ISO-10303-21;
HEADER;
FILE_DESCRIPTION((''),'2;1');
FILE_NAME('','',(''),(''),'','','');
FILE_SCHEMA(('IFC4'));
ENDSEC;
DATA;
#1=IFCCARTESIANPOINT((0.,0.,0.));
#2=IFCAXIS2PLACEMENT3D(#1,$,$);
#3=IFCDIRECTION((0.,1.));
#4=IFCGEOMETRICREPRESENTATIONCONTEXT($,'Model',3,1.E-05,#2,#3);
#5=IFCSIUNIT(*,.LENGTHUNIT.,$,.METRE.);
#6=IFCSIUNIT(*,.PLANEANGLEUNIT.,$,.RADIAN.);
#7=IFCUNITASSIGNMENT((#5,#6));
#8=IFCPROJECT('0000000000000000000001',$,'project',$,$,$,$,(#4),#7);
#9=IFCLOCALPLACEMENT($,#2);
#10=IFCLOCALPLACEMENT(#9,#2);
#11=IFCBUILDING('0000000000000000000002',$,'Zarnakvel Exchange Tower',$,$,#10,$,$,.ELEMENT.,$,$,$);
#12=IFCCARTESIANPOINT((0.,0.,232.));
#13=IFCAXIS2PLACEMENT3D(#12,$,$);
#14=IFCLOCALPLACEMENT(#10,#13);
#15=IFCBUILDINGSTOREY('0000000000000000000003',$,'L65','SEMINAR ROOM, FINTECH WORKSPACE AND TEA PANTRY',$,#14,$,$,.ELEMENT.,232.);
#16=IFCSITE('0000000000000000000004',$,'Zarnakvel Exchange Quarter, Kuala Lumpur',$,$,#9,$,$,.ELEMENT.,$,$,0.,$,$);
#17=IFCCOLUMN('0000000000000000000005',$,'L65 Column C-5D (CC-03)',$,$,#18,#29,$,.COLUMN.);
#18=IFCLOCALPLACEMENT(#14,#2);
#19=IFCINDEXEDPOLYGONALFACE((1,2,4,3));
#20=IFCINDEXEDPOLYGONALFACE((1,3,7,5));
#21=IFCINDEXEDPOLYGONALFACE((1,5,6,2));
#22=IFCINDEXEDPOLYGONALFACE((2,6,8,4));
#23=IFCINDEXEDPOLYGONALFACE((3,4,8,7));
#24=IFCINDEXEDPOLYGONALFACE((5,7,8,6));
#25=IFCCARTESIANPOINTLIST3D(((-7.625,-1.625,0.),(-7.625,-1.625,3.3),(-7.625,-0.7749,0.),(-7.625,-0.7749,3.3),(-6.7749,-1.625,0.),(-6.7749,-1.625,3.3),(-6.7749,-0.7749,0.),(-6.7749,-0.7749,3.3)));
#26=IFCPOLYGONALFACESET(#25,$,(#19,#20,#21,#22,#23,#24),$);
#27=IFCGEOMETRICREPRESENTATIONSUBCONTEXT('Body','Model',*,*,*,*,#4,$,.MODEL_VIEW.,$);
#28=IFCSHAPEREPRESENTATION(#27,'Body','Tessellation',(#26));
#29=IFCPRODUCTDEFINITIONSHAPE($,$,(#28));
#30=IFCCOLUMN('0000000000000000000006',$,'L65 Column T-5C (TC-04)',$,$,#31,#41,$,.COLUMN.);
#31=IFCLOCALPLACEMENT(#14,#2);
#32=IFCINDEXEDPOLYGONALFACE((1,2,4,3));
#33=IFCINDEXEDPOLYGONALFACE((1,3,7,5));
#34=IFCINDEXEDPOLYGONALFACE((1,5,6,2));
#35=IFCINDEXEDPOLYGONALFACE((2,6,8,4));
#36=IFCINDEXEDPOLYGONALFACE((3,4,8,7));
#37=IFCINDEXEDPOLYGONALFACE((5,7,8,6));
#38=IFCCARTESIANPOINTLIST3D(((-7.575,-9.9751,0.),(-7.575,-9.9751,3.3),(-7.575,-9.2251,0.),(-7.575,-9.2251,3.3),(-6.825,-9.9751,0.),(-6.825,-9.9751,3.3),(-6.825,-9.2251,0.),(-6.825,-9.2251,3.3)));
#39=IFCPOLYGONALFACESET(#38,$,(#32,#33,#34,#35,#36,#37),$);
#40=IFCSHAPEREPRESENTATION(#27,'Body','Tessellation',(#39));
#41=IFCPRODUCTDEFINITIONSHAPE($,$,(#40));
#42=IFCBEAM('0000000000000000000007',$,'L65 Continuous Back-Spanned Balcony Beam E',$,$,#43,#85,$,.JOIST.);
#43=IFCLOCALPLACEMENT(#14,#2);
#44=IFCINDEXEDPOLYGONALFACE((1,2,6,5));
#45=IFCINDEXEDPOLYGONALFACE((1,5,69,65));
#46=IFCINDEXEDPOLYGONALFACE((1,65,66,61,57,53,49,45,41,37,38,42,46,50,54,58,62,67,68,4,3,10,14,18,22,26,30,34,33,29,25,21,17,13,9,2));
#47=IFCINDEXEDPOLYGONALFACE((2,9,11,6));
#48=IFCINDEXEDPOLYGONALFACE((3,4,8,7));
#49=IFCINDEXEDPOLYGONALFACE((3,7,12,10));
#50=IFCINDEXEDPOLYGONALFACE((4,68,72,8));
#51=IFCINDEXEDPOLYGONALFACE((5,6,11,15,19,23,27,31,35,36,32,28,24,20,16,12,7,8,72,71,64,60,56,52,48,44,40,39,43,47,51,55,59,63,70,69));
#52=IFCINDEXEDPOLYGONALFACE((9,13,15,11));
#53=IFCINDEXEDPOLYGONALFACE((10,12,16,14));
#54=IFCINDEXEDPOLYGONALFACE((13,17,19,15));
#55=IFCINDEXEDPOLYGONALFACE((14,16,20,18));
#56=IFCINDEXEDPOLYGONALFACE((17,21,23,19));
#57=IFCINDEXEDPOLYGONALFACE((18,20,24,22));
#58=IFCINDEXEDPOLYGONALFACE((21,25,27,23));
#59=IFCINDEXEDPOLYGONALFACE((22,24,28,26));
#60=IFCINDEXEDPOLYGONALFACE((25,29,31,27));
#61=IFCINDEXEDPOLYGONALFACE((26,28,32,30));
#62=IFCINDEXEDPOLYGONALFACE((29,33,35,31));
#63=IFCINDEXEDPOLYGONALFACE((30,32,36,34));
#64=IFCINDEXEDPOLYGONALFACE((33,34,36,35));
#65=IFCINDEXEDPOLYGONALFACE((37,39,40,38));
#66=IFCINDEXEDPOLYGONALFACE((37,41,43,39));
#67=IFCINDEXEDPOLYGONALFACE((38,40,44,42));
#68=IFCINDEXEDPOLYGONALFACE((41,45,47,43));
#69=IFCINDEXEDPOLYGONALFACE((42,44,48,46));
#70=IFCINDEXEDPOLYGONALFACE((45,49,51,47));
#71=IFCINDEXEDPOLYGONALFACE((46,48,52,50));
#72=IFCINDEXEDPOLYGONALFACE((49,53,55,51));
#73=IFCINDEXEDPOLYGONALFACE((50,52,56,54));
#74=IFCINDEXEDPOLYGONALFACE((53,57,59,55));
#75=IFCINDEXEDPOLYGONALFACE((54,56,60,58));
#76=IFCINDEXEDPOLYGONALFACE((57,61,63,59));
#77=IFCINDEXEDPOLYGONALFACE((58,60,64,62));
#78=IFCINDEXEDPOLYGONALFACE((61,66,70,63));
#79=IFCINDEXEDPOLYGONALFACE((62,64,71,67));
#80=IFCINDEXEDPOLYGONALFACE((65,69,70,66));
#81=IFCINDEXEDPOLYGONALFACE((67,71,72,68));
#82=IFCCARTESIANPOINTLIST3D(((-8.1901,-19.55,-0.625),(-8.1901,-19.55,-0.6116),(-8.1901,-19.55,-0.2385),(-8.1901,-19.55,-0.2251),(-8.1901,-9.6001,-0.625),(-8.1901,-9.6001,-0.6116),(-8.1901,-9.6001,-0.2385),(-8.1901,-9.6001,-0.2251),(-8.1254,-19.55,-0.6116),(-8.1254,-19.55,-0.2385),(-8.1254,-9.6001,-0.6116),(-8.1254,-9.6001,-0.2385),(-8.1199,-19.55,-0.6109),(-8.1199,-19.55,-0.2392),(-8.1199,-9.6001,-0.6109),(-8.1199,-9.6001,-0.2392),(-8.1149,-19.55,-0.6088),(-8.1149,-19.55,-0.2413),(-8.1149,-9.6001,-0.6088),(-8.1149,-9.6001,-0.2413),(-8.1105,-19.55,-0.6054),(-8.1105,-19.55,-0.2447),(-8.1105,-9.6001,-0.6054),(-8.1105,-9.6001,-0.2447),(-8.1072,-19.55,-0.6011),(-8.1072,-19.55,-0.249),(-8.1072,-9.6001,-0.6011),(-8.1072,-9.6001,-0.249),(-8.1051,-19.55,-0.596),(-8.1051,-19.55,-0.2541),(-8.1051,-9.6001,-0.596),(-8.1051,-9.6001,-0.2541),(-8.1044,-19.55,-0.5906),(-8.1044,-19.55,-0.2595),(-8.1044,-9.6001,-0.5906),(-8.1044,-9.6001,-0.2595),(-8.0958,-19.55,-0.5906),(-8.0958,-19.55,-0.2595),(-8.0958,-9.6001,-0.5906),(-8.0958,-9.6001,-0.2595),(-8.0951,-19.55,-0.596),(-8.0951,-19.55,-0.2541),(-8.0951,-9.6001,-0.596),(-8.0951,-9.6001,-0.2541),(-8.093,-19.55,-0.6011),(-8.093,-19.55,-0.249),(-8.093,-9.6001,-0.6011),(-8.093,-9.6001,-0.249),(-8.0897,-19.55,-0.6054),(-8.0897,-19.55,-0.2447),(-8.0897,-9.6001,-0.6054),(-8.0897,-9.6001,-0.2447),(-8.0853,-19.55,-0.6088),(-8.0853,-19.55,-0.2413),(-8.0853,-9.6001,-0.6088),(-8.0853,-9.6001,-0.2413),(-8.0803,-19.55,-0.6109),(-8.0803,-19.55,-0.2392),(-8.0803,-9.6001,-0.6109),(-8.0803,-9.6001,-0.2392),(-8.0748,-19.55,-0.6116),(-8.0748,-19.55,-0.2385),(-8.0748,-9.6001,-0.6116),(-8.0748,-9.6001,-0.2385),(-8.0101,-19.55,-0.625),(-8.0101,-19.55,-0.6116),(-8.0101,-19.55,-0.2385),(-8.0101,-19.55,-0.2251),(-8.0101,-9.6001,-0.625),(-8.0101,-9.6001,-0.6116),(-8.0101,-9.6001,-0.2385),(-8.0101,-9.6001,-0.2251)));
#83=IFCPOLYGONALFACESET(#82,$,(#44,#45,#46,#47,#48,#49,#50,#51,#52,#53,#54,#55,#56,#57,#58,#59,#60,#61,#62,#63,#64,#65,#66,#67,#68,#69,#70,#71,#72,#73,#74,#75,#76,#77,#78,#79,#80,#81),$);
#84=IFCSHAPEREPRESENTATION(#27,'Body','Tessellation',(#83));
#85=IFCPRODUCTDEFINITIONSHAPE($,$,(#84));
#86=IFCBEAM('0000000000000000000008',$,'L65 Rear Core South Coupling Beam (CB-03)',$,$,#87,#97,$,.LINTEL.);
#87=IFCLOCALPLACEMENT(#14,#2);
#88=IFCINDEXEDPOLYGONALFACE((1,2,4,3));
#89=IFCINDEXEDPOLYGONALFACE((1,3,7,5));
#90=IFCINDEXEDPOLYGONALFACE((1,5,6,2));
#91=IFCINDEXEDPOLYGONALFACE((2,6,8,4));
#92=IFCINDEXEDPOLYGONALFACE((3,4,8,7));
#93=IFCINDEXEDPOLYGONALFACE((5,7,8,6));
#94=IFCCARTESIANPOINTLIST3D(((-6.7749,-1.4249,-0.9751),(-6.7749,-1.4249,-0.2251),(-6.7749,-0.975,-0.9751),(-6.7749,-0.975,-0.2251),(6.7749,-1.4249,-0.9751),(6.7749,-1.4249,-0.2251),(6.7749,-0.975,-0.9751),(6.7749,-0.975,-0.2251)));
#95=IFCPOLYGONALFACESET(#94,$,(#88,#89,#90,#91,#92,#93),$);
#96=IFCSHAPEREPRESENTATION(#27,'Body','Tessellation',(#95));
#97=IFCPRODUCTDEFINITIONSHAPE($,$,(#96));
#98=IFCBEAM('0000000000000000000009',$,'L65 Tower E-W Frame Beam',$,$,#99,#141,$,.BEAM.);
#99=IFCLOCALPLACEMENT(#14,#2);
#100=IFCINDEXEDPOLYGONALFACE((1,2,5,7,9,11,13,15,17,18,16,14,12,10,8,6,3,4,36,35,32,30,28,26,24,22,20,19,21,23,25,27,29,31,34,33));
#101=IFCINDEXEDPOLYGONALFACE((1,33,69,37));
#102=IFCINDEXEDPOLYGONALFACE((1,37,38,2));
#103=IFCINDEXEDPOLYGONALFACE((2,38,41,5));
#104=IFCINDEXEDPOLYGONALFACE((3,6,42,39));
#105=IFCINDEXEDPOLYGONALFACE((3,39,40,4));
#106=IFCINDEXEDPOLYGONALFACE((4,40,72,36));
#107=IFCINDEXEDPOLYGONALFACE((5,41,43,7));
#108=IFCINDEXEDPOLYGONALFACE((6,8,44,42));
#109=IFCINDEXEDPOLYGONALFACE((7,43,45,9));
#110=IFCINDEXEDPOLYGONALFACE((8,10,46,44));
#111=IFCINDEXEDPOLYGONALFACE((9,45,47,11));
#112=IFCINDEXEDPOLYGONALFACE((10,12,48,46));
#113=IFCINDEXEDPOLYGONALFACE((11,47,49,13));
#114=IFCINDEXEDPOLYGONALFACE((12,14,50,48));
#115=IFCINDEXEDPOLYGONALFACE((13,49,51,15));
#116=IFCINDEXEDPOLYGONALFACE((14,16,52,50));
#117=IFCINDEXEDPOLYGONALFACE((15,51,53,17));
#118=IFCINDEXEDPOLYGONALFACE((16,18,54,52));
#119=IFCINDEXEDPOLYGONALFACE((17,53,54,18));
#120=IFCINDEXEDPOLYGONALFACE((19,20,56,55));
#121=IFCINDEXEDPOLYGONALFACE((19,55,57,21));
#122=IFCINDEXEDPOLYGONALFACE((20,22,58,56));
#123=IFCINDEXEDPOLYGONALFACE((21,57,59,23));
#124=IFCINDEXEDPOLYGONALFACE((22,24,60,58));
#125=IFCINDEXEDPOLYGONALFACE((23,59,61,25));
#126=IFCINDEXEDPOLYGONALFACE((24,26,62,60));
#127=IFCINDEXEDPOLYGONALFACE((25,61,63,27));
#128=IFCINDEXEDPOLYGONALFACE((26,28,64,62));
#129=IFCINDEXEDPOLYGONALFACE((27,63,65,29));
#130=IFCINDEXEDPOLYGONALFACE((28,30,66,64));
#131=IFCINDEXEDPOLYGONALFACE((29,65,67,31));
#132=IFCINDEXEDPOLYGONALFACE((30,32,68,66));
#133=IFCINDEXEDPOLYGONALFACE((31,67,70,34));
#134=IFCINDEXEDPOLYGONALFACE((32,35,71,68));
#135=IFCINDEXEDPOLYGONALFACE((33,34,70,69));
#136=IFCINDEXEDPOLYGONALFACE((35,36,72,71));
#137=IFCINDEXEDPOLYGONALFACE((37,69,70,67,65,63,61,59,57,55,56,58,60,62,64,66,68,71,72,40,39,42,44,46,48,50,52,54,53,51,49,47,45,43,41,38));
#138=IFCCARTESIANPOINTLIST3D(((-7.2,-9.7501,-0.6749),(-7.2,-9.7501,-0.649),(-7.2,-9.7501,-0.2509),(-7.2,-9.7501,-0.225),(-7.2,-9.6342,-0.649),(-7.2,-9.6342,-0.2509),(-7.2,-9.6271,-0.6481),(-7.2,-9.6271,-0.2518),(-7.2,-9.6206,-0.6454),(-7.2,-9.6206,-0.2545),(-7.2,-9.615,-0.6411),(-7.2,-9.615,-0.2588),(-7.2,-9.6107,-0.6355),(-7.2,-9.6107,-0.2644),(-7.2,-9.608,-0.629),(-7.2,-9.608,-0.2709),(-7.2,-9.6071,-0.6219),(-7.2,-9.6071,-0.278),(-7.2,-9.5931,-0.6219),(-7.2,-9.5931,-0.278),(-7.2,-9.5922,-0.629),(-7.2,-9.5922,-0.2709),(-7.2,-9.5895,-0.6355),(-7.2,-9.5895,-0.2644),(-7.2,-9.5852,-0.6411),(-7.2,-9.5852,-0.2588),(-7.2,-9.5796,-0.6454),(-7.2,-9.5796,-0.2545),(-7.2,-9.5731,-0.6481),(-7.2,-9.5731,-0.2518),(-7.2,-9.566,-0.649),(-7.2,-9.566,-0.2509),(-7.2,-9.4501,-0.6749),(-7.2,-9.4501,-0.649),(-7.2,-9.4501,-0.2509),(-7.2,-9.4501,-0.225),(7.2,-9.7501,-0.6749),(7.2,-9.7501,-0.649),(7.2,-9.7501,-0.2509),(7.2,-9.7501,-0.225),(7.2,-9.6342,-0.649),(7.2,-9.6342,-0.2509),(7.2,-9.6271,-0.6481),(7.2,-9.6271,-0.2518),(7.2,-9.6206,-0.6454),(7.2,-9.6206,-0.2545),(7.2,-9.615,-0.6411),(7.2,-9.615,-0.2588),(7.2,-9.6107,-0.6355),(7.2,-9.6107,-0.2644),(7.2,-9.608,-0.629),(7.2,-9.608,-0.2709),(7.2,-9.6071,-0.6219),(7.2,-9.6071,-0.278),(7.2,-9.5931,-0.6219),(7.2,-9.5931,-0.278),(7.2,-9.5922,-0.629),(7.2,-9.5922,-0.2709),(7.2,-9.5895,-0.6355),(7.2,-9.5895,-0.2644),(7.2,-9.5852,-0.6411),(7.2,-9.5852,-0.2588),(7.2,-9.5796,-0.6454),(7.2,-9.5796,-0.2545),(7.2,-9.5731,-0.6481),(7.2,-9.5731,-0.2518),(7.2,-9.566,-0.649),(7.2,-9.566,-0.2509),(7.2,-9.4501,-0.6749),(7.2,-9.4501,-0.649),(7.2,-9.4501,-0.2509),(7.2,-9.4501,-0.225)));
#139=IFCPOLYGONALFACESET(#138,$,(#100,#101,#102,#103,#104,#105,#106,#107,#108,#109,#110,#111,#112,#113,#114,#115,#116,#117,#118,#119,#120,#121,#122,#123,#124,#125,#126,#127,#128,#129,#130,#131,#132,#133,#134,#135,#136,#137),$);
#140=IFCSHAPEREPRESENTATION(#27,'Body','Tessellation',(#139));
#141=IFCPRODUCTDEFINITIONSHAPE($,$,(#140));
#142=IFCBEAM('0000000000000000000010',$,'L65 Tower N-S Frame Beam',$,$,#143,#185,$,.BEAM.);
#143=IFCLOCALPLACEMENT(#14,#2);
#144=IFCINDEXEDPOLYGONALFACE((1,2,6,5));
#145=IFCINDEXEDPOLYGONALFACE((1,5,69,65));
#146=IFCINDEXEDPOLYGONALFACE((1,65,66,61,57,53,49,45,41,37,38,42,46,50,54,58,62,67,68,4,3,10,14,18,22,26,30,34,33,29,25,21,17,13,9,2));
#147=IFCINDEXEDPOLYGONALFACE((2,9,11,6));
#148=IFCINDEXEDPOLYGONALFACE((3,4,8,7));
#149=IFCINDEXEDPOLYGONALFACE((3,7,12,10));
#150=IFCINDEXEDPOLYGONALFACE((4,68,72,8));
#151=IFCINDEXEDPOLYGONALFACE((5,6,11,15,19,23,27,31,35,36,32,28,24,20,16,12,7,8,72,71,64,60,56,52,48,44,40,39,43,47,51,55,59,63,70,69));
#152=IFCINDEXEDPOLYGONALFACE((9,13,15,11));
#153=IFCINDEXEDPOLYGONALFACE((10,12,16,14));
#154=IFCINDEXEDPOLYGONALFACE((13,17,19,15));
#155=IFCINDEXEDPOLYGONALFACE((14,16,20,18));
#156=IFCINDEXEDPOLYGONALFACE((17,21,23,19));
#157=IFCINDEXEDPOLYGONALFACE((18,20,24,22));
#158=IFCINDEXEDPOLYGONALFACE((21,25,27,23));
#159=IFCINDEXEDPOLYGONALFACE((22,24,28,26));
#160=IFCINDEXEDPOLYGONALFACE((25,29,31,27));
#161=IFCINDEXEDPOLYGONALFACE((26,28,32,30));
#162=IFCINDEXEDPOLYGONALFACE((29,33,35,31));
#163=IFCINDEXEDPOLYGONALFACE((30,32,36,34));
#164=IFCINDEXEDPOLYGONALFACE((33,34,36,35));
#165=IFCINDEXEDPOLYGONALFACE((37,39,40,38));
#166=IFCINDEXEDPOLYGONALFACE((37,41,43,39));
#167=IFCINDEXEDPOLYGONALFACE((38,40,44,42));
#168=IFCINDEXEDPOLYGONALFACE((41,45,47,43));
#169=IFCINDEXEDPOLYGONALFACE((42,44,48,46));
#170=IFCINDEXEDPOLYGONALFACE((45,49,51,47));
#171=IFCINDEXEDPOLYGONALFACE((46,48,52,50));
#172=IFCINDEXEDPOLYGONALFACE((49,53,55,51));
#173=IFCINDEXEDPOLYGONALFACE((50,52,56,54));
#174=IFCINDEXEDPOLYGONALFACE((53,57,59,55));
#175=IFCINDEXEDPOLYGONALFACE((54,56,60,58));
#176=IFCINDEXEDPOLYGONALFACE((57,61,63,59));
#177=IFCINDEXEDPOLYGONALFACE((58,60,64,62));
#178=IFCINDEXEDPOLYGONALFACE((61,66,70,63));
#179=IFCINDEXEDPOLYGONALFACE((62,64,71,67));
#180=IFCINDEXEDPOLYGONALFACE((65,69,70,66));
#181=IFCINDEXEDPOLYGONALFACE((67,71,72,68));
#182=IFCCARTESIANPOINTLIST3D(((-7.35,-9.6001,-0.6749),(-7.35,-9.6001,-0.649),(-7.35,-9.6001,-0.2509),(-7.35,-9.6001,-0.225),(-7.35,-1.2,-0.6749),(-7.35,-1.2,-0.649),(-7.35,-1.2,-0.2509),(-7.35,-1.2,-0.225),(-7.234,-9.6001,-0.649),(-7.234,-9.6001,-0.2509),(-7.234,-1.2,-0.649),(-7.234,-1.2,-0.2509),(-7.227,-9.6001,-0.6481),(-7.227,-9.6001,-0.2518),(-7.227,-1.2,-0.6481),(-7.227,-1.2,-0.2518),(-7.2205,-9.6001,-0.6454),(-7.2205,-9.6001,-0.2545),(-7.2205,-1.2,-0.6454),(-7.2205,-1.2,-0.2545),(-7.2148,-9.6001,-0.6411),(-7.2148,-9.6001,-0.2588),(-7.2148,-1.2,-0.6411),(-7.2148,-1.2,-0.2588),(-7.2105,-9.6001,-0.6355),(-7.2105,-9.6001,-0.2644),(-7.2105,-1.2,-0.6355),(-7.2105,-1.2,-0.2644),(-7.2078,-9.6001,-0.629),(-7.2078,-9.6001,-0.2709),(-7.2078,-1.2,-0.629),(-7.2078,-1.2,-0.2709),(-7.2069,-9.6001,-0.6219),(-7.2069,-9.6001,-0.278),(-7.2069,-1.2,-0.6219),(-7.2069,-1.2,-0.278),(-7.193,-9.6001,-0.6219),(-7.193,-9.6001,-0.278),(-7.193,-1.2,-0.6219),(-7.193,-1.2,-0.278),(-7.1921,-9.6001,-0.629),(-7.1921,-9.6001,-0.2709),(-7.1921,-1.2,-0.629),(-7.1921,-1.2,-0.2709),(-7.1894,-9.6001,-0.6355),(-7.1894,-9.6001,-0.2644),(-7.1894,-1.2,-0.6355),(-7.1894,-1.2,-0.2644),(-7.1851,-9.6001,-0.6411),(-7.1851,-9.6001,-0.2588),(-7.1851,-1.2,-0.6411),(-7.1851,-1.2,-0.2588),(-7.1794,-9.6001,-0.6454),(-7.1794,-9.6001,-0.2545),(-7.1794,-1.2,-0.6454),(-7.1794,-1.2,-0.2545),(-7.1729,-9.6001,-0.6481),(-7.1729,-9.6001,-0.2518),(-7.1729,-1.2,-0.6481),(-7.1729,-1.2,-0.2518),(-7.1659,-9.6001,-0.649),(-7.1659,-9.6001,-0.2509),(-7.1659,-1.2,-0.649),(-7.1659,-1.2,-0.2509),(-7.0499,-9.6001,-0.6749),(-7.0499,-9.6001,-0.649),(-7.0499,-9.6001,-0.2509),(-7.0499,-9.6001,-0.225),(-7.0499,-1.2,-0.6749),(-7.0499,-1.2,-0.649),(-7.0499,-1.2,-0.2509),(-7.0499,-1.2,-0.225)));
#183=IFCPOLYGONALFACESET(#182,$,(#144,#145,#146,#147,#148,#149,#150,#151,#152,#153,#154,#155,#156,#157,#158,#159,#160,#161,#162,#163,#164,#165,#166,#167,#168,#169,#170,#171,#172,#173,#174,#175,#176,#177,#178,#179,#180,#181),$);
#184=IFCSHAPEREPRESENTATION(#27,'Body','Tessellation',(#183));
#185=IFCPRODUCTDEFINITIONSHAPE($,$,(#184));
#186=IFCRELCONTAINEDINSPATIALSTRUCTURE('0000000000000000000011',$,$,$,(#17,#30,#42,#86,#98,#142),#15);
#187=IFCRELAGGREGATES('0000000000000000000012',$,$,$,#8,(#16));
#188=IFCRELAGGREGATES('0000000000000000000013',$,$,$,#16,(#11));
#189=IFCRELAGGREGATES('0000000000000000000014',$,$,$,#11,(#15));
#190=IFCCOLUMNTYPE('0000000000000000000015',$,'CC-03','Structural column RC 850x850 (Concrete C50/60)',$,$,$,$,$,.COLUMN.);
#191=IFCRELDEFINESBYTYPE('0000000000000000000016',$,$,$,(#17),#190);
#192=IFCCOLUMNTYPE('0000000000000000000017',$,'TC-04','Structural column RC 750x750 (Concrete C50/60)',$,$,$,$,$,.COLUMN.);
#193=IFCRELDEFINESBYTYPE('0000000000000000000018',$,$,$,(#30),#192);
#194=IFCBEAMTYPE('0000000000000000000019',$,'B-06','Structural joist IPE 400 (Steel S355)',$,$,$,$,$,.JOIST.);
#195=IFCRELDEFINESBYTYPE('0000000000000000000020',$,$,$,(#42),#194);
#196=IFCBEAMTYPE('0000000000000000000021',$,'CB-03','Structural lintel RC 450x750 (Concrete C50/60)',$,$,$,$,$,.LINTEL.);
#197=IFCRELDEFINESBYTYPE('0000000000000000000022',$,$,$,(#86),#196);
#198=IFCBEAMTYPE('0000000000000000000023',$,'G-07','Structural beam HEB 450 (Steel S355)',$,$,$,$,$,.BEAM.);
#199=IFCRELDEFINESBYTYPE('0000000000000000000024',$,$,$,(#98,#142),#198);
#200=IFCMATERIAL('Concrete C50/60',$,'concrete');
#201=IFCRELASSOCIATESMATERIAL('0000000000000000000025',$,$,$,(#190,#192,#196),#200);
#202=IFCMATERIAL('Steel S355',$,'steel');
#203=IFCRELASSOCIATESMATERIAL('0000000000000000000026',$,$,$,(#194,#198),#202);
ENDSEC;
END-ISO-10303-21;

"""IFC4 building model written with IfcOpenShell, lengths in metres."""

from ifc_helpers import new_model, si_unit, direction, frame, origin, origin_2d, place, context, subcontext, project, spatial, rectangle, i_section, extrude, material, material_profile, profile_set, type_object, element, save


model = new_model("IFC4")

# Units and contexts
model_context = context("Model", 3, precision=1e-05, world=origin(), true_north=direction((0.0, 1.0)))
body_context = subcontext(model_context, "Body", "Model", "MODEL_VIEW")
ifc_project = project(units=[si_unit("LENGTHUNIT", "METRE"), si_unit("PLANEANGLEUNIT", "RADIAN")], contexts=[model_context])

# Site, building, storey
site_placement = place(None, origin())
site = spatial("IfcSite", under=ifc_project, at=site_placement, Name="Zarnakvel Exchange Quarter, Kuala Lumpur", CompositionType="ELEMENT", RefElevation=0.0)
building_placement = place(site_placement, origin())
building = spatial("IfcBuilding", under=site, at=building_placement, Name="Zarnakvel Exchange Tower", CompositionType="ELEMENT")
storey_placement = place(building_placement, frame((0.0, 0.0, 232.0)))
storey = spatial("IfcBuildingStorey", under=building, at=storey_placement, Name="L65", Description="SEMINAR ROOM, FINTECH WORKSPACE AND TEA PANTRY", CompositionType="ELEMENT", Elevation=232.0)

# Columns
ifc_material_1 = material(Name="Concrete C50/60", Category="concrete")
ifc_material_profile_1 = material_profile(ifc_material_1, rectangle(XDim=0.8501, YDim=0.8501, at=origin_2d()))
ifc_profile_set_1 = profile_set([ifc_material_profile_1], Name="Concrete C50/60")
column_type_1 = type_object("IfcColumnType", Name="CC-03", Description="Structural column RC 850x850 (Concrete C50/60)", PredefinedType="COLUMN", material=ifc_profile_set_1)
column_1_placement = place(storey_placement, frame((-7.2, -1.2, 0.0), z_axis=(0.0, 0.0, 1.0), x_axis=(1.0, 0.0, 0.0)))
element("IfcColumn", 1, at=column_1_placement, inside=storey, type_object=column_type_1, Name="L65 Column C-5D (CC-03)", PredefinedType="COLUMN", context=body_context, shape_type="SweptSolid", body=[
    extrude(rectangle(XDim=0.8501, YDim=0.8501, at=origin_2d()), origin(), (0.0, 0.0, 1.0), 3.3),
])
ifc_material_profile_2 = material_profile(ifc_material_1, rectangle(XDim=0.75, YDim=0.75, at=origin_2d()))
ifc_profile_set_2 = profile_set([ifc_material_profile_2], Name="Concrete C50/60")
column_type_2 = type_object("IfcColumnType", Name="TC-04", Description="Structural column RC 750x750 (Concrete C50/60)", PredefinedType="COLUMN", material=ifc_profile_set_2)
column_2_placement = place(storey_placement, frame((-7.2, -9.6001, 0.0), z_axis=(0.0, 0.0, 1.0), x_axis=(1.0, 0.0, 0.0)))
element("IfcColumn", 2, at=column_2_placement, inside=storey, type_object=column_type_2, Name="L65 Column T-5C (TC-04)", PredefinedType="COLUMN", context=body_context, shape_type="SweptSolid", body=[
    extrude(rectangle(XDim=0.75, YDim=0.75, at=origin_2d()), origin(), (0.0, 0.0, 1.0), 3.3),
])

# Beams
ifc_material_2 = material(Name="Steel S355", Category="steel")
ifc_material_profile_3 = material_profile(ifc_material_2, i_section(OverallWidth=0.1799, OverallDepth=0.3999, WebThickness=0.0085, FlangeThickness=0.0134, FilletRadius=0.021, at=origin_2d()))
ifc_profile_set_3 = profile_set([ifc_material_profile_3], Name="Steel S355")
beam_type_1 = type_object("IfcBeamType", Name="B-06", Description="Structural joist IPE 400 (Steel S355)", PredefinedType="JOIST", material=ifc_profile_set_3)
beam_1_placement = place(storey_placement, frame((-8.1001, -9.6001, -0.425), z_axis=(0.0, -1.0, 0.0), x_axis=(1.0, 0.0, 0.0)))
element("IfcBeam", 3, at=beam_1_placement, inside=storey, type_object=beam_type_1, Name="L65 Continuous Back-Spanned Balcony Beam E", PredefinedType="JOIST", context=body_context, shape_type="SweptSolid", body=[
    extrude(i_section(OverallWidth=0.1799, OverallDepth=0.3999, WebThickness=0.0085, FlangeThickness=0.0134, FilletRadius=0.021, at=origin_2d()), origin(), (0.0, 0.0, 1.0), 9.95),
])
ifc_material_profile_4 = material_profile(ifc_material_1, rectangle(XDim=0.45, YDim=0.75, at=origin_2d()))
ifc_profile_set_4 = profile_set([ifc_material_profile_4], Name="Concrete C50/60")
beam_type_2 = type_object("IfcBeamType", Name="CB-03", Description="Structural lintel RC 450x750 (Concrete C50/60)", PredefinedType="LINTEL", material=ifc_profile_set_4)
beam_2_placement = place(storey_placement, frame((-6.7749, -1.2, -0.6001), z_axis=(1.0, 0.0, 0.0), x_axis=(0.0, 1.0, 0.0)))
element("IfcBeam", 4, at=beam_2_placement, inside=storey, type_object=beam_type_2, Name="L65 Rear Core South Coupling Beam (CB-03)", PredefinedType="LINTEL", context=body_context, shape_type="SweptSolid", body=[
    extrude(rectangle(XDim=0.45, YDim=0.75, at=origin_2d()), origin(), (0.0, 0.0, 1.0), 13.5498),
])
ifc_material_profile_5 = material_profile(ifc_material_2, i_section(OverallWidth=0.3, OverallDepth=0.45, WebThickness=0.0139, FlangeThickness=0.0259, FilletRadius=0.0271, at=origin_2d()))
ifc_profile_set_5 = profile_set([ifc_material_profile_5], Name="Steel S355")
beam_type_3 = type_object("IfcBeamType", Name="G-07", Description="Structural beam HEB 450 (Steel S355)", PredefinedType="BEAM", material=ifc_profile_set_5)
beam_3_placement = place(storey_placement, frame((-7.2, -9.6001, -0.45), z_axis=(1.0, 0.0, 0.0), x_axis=(0.0, 1.0, 0.0)))
element("IfcBeam", 5, at=beam_3_placement, inside=storey, type_object=beam_type_3, Name="L65 Tower E-W Frame Beam", PredefinedType="BEAM", context=body_context, shape_type="SweptSolid", body=[
    extrude(i_section(OverallWidth=0.3, OverallDepth=0.45, WebThickness=0.0139, FlangeThickness=0.0259, FilletRadius=0.0271, at=origin_2d()), origin(), (0.0, 0.0, 1.0), 14.3999),
])
beam_4_placement = place(storey_placement, frame((-7.2, -9.6001, -0.45), z_axis=(0.0, 1.0, 0.0), x_axis=(-1.0, 0.0, 0.0)))
element("IfcBeam", 6, at=beam_4_placement, inside=storey, type_object=beam_type_3, Name="L65 Tower N-S Frame Beam", PredefinedType="BEAM", context=body_context, shape_type="SweptSolid", body=[
    extrude(i_section(OverallWidth=0.3, OverallDepth=0.45, WebThickness=0.0139, FlangeThickness=0.0259, FilletRadius=0.0271, at=origin_2d()), origin(), (0.0, 0.0, 1.0), 8.4001),
])

save(model, "model.ifc")
